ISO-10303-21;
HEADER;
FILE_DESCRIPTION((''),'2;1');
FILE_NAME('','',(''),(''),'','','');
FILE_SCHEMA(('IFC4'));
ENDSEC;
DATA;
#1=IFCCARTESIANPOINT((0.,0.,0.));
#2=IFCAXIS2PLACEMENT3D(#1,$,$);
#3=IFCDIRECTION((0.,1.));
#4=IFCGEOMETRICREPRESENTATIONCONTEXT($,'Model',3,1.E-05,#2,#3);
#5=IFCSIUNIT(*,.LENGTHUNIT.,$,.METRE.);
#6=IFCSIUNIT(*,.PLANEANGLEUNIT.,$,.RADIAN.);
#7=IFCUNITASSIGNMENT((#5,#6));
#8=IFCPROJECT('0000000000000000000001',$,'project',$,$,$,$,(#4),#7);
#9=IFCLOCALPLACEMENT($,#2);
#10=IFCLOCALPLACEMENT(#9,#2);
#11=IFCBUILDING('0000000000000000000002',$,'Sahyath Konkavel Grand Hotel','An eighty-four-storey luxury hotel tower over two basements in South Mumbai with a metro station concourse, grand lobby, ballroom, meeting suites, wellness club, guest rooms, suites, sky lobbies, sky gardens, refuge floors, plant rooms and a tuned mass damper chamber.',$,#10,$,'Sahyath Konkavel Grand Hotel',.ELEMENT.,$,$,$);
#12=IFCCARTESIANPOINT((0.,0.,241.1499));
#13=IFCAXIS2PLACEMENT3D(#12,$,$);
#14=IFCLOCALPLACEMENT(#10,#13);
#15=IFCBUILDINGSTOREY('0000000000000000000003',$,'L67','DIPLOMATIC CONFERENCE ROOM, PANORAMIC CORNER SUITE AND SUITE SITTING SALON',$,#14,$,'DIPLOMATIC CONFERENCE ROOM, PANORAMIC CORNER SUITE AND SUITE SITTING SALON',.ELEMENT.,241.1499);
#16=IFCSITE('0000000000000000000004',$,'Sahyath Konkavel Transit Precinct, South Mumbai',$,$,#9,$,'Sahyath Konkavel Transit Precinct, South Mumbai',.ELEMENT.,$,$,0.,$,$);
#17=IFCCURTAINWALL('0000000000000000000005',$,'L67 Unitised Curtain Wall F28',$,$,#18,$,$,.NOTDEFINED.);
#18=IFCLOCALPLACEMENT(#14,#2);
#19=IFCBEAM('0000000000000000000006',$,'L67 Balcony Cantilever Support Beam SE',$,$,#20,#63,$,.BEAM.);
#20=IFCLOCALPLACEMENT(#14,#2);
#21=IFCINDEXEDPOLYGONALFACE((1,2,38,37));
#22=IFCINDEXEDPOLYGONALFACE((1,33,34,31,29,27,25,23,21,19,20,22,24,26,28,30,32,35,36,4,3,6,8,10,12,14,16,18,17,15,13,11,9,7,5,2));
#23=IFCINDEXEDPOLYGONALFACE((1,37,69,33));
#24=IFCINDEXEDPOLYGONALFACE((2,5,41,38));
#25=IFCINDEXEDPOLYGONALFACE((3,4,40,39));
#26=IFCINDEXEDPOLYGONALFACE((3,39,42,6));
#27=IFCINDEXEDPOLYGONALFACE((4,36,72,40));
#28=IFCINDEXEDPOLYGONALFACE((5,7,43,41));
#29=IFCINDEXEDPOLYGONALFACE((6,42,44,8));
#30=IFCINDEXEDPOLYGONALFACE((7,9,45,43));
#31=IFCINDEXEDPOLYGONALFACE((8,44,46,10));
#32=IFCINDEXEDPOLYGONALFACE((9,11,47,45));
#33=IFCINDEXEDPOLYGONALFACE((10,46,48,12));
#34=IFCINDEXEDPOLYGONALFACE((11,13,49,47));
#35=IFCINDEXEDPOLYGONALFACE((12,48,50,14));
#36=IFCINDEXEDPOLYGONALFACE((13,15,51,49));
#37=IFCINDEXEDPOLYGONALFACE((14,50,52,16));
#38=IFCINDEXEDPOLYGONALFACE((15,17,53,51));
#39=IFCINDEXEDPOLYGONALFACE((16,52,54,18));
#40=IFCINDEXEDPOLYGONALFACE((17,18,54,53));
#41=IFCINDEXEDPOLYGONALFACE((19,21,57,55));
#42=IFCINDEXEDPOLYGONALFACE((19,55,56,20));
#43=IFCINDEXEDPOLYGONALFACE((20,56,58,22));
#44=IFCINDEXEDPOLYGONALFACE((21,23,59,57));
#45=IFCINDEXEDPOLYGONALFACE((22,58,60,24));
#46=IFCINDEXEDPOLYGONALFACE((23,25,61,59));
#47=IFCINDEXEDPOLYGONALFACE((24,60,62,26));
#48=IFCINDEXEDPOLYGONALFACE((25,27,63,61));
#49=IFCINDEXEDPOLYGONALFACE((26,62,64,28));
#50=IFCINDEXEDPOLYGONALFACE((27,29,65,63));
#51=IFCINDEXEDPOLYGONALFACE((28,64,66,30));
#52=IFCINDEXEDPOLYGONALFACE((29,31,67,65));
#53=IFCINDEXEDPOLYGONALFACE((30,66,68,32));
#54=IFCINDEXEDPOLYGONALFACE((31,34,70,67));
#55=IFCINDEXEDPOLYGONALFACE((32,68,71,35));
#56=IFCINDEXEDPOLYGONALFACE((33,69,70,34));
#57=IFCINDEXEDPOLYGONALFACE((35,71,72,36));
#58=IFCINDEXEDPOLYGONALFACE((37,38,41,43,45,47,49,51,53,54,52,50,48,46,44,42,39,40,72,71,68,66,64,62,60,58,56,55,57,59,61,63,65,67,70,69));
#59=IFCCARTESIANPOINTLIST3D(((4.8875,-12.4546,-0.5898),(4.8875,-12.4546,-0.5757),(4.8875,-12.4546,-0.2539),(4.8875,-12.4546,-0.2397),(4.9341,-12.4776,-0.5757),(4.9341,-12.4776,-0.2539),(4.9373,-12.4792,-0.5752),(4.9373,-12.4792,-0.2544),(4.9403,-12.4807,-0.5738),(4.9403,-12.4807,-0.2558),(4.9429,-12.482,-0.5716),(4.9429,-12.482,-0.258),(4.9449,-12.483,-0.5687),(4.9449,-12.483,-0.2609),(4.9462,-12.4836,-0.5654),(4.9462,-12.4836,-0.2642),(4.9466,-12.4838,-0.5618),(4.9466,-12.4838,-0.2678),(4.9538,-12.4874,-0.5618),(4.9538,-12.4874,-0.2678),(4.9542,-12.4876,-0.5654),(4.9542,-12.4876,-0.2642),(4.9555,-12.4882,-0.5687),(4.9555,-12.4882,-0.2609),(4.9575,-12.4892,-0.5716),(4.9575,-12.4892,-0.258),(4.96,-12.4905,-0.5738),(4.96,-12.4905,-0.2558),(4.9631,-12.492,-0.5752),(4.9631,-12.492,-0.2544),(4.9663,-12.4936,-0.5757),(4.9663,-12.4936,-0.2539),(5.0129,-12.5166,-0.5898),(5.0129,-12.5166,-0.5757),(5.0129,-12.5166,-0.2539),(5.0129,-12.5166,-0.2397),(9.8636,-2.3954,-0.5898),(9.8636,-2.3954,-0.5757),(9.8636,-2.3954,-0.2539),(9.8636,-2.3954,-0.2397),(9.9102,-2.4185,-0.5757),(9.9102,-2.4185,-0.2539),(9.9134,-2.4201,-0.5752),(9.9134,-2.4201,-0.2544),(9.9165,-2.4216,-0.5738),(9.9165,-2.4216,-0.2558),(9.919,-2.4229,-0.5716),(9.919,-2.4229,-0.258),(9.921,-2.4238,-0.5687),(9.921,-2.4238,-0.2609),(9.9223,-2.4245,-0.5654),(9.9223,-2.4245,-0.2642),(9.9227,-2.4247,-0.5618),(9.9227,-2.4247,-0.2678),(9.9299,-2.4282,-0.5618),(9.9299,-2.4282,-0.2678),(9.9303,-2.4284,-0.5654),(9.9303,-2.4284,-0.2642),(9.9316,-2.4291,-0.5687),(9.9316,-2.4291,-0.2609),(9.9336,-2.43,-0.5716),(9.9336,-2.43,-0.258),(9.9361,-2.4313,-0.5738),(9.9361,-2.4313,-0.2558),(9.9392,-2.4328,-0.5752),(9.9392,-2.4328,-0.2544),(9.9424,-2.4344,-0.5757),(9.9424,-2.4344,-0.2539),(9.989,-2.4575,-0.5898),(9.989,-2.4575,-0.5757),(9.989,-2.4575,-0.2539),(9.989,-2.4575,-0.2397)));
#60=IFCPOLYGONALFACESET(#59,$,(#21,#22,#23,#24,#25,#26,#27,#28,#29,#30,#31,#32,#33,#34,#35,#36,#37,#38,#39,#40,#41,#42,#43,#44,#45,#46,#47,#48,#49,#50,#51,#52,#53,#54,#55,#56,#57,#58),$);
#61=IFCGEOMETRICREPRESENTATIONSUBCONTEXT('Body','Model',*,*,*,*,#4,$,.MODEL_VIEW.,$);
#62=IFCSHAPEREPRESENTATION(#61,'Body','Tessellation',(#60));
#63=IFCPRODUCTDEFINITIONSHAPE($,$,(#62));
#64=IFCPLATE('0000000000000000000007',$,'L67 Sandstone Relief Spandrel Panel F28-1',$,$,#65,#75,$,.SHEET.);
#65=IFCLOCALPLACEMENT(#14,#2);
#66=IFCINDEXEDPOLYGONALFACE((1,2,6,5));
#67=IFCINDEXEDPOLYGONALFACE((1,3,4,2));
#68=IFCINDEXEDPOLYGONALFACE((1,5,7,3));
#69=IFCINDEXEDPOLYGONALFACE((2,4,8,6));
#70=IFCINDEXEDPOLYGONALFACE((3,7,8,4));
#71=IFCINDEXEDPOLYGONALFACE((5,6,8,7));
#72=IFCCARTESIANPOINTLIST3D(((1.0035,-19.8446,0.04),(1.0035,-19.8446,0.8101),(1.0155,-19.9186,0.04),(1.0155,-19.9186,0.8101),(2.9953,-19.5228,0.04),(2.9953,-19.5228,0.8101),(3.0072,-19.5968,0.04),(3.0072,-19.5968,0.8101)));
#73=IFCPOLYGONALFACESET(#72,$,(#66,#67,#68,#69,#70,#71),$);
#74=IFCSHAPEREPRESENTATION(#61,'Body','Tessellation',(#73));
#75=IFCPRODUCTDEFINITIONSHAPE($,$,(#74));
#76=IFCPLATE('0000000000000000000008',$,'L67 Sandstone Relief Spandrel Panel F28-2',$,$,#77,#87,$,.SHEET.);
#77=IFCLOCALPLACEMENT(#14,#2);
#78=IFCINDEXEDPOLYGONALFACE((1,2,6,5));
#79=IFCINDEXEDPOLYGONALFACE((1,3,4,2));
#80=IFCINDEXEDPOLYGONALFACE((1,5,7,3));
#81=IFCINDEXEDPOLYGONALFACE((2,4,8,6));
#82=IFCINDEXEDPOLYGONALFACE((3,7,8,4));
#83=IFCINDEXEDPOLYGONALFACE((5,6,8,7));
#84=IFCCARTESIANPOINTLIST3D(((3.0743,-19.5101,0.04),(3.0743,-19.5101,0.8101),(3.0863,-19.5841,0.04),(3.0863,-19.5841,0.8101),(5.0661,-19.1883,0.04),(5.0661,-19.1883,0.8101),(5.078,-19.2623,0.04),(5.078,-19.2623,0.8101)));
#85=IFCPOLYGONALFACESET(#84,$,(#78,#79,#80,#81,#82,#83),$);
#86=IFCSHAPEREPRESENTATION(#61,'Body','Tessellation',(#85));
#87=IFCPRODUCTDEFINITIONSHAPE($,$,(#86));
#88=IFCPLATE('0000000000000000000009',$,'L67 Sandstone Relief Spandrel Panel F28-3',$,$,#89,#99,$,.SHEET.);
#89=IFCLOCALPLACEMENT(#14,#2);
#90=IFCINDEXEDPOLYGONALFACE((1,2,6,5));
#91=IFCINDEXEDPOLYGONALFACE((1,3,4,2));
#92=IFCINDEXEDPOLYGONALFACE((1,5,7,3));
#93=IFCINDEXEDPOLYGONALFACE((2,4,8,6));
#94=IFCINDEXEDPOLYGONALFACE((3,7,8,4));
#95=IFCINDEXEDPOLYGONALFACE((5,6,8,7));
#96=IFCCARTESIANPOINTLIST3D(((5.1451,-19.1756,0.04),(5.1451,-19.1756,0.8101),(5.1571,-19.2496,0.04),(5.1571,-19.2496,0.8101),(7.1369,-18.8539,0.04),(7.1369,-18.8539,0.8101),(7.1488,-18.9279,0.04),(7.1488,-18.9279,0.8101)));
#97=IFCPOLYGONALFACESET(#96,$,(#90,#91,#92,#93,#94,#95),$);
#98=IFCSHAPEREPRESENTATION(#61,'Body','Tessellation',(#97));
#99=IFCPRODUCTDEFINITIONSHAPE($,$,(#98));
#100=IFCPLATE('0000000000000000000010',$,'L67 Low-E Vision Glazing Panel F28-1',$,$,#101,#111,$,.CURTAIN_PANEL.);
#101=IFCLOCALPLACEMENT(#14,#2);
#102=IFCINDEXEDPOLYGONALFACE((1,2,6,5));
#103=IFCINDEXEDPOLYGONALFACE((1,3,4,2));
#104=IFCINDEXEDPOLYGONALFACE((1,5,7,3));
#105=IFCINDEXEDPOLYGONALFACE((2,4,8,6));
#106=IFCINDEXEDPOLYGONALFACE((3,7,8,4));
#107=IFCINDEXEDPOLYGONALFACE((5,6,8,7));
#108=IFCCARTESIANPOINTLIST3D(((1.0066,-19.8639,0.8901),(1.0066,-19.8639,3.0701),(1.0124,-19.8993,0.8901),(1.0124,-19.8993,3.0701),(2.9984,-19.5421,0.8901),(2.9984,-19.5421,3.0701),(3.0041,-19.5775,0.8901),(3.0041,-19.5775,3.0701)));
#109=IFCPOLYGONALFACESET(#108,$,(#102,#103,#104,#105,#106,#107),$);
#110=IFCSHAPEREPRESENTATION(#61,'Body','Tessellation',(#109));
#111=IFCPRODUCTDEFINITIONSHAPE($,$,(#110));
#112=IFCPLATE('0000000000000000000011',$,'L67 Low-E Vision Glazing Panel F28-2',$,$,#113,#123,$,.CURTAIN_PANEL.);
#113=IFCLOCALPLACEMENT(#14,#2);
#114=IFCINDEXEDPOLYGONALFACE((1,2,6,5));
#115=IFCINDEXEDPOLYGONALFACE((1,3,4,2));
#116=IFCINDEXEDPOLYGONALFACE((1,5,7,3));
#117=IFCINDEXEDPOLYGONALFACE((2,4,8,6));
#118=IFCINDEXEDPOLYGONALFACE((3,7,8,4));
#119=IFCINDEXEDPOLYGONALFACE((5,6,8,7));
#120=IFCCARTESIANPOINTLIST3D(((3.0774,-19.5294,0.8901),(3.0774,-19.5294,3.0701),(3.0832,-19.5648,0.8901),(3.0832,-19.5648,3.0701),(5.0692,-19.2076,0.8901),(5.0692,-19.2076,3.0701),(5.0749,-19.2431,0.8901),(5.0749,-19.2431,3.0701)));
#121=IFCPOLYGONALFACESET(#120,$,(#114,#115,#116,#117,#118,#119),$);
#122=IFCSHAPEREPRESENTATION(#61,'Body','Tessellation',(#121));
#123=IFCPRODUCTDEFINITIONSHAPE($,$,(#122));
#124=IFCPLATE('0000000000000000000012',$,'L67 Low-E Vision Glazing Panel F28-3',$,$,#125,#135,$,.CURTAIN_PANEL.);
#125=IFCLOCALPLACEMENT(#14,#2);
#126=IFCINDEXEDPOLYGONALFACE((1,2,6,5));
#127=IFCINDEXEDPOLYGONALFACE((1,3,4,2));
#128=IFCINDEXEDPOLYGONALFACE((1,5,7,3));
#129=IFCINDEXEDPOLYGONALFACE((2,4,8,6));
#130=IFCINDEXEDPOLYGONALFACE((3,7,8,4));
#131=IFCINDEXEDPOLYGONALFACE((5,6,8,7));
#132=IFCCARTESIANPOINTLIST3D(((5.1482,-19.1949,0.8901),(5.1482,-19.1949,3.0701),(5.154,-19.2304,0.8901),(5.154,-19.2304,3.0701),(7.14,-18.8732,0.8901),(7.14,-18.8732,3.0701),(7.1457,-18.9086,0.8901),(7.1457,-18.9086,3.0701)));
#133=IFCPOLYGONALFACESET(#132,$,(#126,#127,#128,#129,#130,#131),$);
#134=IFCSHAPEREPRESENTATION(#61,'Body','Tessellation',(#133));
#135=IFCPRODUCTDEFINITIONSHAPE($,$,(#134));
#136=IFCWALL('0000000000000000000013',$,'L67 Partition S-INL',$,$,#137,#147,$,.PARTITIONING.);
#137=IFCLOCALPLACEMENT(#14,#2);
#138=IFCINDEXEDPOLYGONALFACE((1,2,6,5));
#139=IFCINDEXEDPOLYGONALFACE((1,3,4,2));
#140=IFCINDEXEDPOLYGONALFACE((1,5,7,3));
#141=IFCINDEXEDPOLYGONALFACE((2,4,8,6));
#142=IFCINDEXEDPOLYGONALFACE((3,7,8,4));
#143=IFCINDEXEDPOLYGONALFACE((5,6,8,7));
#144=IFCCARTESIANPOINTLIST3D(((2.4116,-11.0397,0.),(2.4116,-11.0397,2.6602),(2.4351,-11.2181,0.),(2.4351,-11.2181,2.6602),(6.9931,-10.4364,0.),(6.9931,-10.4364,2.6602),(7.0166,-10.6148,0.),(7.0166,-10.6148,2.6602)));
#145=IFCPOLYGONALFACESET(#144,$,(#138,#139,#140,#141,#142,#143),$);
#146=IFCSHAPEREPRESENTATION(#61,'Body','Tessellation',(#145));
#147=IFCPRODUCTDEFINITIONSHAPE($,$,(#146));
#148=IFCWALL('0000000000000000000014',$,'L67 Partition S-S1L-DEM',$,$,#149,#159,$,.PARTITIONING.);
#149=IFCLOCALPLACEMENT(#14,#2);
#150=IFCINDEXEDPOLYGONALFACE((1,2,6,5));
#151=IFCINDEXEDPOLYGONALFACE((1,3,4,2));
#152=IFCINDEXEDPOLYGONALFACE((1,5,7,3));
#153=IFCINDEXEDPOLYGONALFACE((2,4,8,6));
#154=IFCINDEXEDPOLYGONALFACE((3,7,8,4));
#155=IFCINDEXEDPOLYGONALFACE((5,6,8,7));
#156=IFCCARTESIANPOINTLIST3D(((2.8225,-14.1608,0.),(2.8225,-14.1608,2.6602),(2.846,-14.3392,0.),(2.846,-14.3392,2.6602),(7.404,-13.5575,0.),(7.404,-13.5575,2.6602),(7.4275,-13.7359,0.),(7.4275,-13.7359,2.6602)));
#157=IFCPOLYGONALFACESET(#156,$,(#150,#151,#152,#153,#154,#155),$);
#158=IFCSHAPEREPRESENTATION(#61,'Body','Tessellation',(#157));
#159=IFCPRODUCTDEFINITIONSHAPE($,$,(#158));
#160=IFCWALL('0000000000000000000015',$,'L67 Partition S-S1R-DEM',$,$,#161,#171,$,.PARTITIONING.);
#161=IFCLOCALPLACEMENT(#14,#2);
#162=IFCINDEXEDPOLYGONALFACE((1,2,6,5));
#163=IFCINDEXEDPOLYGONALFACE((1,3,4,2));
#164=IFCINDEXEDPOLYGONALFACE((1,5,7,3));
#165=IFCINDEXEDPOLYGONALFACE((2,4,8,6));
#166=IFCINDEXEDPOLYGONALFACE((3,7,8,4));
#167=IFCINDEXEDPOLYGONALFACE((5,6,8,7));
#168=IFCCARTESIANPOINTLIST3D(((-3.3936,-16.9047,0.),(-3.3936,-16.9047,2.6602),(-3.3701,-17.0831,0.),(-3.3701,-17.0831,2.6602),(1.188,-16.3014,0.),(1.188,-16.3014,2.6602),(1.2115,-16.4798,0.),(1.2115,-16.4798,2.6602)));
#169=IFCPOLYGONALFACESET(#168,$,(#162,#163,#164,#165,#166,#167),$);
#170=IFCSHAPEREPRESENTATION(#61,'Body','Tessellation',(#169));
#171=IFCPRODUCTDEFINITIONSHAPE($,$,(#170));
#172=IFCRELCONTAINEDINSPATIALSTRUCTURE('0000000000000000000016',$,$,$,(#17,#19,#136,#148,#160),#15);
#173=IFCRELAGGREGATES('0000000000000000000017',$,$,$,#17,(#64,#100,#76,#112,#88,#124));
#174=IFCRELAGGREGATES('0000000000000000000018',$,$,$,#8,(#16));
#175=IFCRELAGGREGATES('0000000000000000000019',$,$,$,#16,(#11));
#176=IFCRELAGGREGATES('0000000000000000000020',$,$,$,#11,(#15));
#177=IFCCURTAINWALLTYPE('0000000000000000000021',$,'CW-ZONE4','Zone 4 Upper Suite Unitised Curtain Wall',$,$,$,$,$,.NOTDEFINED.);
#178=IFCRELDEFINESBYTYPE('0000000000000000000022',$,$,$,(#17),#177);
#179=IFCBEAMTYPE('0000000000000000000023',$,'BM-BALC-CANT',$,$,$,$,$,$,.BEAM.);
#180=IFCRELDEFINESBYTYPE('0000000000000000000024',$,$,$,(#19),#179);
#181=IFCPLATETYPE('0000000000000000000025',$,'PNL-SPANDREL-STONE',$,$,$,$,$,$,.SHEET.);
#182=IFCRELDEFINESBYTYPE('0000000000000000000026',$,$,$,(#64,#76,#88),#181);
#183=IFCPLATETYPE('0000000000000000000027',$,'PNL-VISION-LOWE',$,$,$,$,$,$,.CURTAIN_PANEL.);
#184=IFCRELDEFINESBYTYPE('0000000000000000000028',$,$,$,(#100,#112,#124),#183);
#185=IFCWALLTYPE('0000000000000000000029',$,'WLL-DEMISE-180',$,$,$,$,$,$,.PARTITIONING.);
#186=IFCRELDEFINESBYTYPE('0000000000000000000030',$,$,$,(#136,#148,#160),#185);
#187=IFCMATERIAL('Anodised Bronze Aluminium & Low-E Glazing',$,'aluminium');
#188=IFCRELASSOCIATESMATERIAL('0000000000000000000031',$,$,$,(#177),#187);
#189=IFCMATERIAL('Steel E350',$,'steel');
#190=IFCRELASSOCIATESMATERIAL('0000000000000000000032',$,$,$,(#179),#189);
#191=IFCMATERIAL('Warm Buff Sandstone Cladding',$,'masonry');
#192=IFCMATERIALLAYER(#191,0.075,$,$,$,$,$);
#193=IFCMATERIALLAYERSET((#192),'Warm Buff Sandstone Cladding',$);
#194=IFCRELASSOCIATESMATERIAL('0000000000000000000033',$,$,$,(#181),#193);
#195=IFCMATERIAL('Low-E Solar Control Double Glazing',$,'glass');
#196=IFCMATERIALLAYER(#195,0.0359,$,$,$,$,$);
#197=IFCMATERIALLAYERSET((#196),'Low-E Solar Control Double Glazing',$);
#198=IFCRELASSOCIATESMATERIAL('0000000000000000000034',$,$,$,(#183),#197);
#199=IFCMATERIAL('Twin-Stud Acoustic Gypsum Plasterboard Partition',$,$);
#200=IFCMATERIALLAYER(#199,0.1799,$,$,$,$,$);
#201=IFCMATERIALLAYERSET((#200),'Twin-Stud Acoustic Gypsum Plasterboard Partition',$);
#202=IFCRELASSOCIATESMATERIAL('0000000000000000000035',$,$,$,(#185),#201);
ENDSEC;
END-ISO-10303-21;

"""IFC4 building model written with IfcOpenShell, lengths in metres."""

from ifc_helpers import new_model, si_unit, direction, frame, frame_2d, origin, origin_2d, place, context, subcontext, project, spatial, rectangle, i_section, extrude, source, transform, mapped, material, layer, layer_set, material_profile, profile_set, type_object, element, aggregate, save


model = new_model("IFC4")

# Units and contexts
model_context = context("Model", 3, precision=1e-05, world=origin(), true_north=direction((0.0, 1.0)))
body_context = subcontext(model_context, "Body", "Model", "MODEL_VIEW")
ifc_project = project(units=[si_unit("LENGTHUNIT", "METRE"), si_unit("PLANEANGLEUNIT", "RADIAN")], contexts=[model_context])

# Site, building, storey
site_placement = place(None, origin())
site = spatial("IfcSite", under=ifc_project, at=site_placement, Name="Sahyath Konkavel Transit Precinct, South Mumbai", LongName="Sahyath Konkavel Transit Precinct, South Mumbai", CompositionType="ELEMENT", RefElevation=0.0)
building_placement = place(site_placement, origin())
building = spatial("IfcBuilding", under=site, at=building_placement, Name="Sahyath Konkavel Grand Hotel", Description="An eighty-four-storey luxury hotel tower over two basements in South Mumbai with a metro station concourse, grand lobby, ballroom, meeting suites, wellness club, guest rooms, suites, sky lobbies, sky gardens, refuge floors, plant rooms and a tuned mass damper chamber.", LongName="Sahyath Konkavel Grand Hotel", CompositionType="ELEMENT")
storey_placement = place(building_placement, frame((0.0, 0.0, 241.1499)))
storey = spatial("IfcBuildingStorey", under=building, at=storey_placement, Name="L67", Description="DIPLOMATIC CONFERENCE ROOM, PANORAMIC CORNER SUITE AND SUITE SITTING SALON", LongName="DIPLOMATIC CONFERENCE ROOM, PANORAMIC CORNER SUITE AND SUITE SITTING SALON", CompositionType="ELEMENT", Elevation=241.1499)

# Curtain wall
ifc_material_1 = material(Name="Anodised Bronze Aluminium & Low-E Glazing", Category="aluminium")
curtain_wall_type = type_object("IfcCurtainWallType", Name="CW-ZONE4", Description="Zone 4 Upper Suite Unitised Curtain Wall", PredefinedType="NOTDEFINED", material=ifc_material_1)
curtain_wall_placement = place(storey_placement, origin())
curtain_wall = element("IfcCurtainWall", 1, at=curtain_wall_placement, inside=storey, type_object=curtain_wall_type, Name="L67 Unitised Curtain Wall F28", PredefinedType="NOTDEFINED")

# Beam
ifc_material_2 = material(Name="Steel E350", Category="steel")
ifc_material_profile_1 = material_profile(ifc_material_2, i_section(OverallWidth=0.1399, OverallDepth=0.3501, WebThickness=0.0081, FlangeThickness=0.0142, FilletRadius=0.0139, at=origin_2d()), Name="ISMB 350")
ifc_profile_set_1 = profile_set([ifc_material_profile_1], Name="Steel E350")
beam_type = type_object("IfcBeamType", Name="BM-BALC-CANT", PredefinedType="BEAM", material=ifc_profile_set_1)
shared_shape_1 = source(origin(), body_context, "Body", "SweptSolid", [
    extrude(i_section(OverallWidth=0.1399, OverallDepth=0.3501, WebThickness=0.0081, FlangeThickness=0.0142, FilletRadius=0.0139, at=origin_2d()), origin(), (0.0, 0.0, 1.0), 11.2227),
])
beam_placement = place(storey_placement, frame((4.9502, -12.4856, -0.4148), z_axis=(0.443398, 0.896325, 0.0), x_axis=(-0.896325, 0.443398, 0.0)))
element("IfcBeam", 2, at=beam_placement, inside=storey, type_object=beam_type, Name="L67 Balcony Cantilever Support Beam SE", PredefinedType="BEAM", context=body_context, shape_type="MappedRepresentation", body=[
    mapped(shared_shape_1, transform((0.0, 0.0, 0.0), scale=1.0)),
])

# Plates
ifc_material_3 = material(Name="Warm Buff Sandstone Cladding", Category="masonry")
ifc_layer_1 = layer(ifc_material_3, 0.075)
ifc_layer_set_1 = layer_set([ifc_layer_1], Name="Warm Buff Sandstone Cladding")
plate_type_1 = type_object("IfcPlateType", Name="PNL-SPANDREL-STONE", PredefinedType="SHEET", material=ifc_layer_set_1)
shared_shape_2 = source(origin(), body_context, "Body", "SweptSolid", [
    extrude(rectangle(XDim=2.0176, YDim=0.075, at=origin_2d()), origin(), (0.0, 0.0, 1.0), 0.77),
])
plate_1_placement = place(storey_placement, frame((2.0054, -19.7207, 0.04), z_axis=(0.0, 0.0, 1.0), x_axis=(0.9872, 0.159485, 0.0)))
plate_1 = element("IfcPlate", 3, at=plate_1_placement, type_object=plate_type_1, Name="L67 Sandstone Relief Spandrel Panel F28-1", PredefinedType="SHEET", context=body_context, shape_type="MappedRepresentation", body=[
    mapped(shared_shape_2, transform((0.0, 0.0, 0.0), scale=1.0)),
])
plate_2_placement = place(storey_placement, frame((4.0762, -19.3862, 0.04), z_axis=(0.0, 0.0, 1.0), x_axis=(0.9872, 0.159485, 0.0)))
plate_2 = element("IfcPlate", 4, at=plate_2_placement, type_object=plate_type_1, Name="L67 Sandstone Relief Spandrel Panel F28-2", PredefinedType="SHEET", context=body_context, shape_type="MappedRepresentation", body=[
    mapped(shared_shape_2, transform((0.0, 0.0, 0.0), scale=1.0)),
])
plate_3_placement = place(storey_placement, frame((6.147, -19.0518, 0.04), z_axis=(0.0, 0.0, 1.0), x_axis=(0.9872, 0.159485, 0.0)))
plate_3 = element("IfcPlate", 5, at=plate_3_placement, type_object=plate_type_1, Name="L67 Sandstone Relief Spandrel Panel F28-3", PredefinedType="SHEET", context=body_context, shape_type="MappedRepresentation", body=[
    mapped(shared_shape_2, transform((0.0, 0.0, 0.0), scale=1.0)),
])
ifc_material_4 = material(Name="Low-E Solar Control Double Glazing", Category="glass")
ifc_layer_2 = layer(ifc_material_4, 0.0359)
ifc_layer_set_2 = layer_set([ifc_layer_2], Name="Low-E Solar Control Double Glazing")
plate_type_2 = type_object("IfcPlateType", Name="PNL-VISION-LOWE", PredefinedType="CURTAIN_PANEL", material=ifc_layer_set_2)
shared_shape_3 = source(origin(), body_context, "Body", "SweptSolid", [
    extrude(rectangle(XDim=2.0176, YDim=0.0359, at=origin_2d()), origin(), (0.0, 0.0, 1.0), 2.1799),
])
plate_4_placement = place(storey_placement, frame((2.0054, -19.7207, 0.8901), z_axis=(0.0, 0.0, 1.0), x_axis=(0.9872, 0.159485, 0.0)))
plate_4 = element("IfcPlate", 6, at=plate_4_placement, type_object=plate_type_2, Name="L67 Low-E Vision Glazing Panel F28-1", PredefinedType="CURTAIN_PANEL", context=body_context, shape_type="MappedRepresentation", body=[
    mapped(shared_shape_3, transform((0.0, 0.0, 0.0), scale=1.0)),
])
plate_5_placement = place(storey_placement, frame((4.0762, -19.3862, 0.8901), z_axis=(0.0, 0.0, 1.0), x_axis=(0.9872, 0.159485, 0.0)))
plate_5 = element("IfcPlate", 7, at=plate_5_placement, type_object=plate_type_2, Name="L67 Low-E Vision Glazing Panel F28-2", PredefinedType="CURTAIN_PANEL", context=body_context, shape_type="MappedRepresentation", body=[
    mapped(shared_shape_3, transform((0.0, 0.0, 0.0), scale=1.0)),
])
plate_6_placement = place(storey_placement, frame((6.147, -19.0518, 0.8901), z_axis=(0.0, 0.0, 1.0), x_axis=(0.9872, 0.159485, 0.0)))
plate_6 = element("IfcPlate", 8, at=plate_6_placement, type_object=plate_type_2, Name="L67 Low-E Vision Glazing Panel F28-3", PredefinedType="CURTAIN_PANEL", context=body_context, shape_type="MappedRepresentation", body=[
    mapped(shared_shape_3, transform((0.0, 0.0, 0.0), scale=1.0)),
])
aggregate(curtain_wall, [plate_1, plate_4, plate_2, plate_5, plate_3, plate_6])

# Walls
ifc_material_5 = material(Name="Twin-Stud Acoustic Gypsum Plasterboard Partition")
ifc_layer_3 = layer(ifc_material_5, 0.1799)
ifc_layer_set_3 = layer_set([ifc_layer_3], Name="Twin-Stud Acoustic Gypsum Plasterboard Partition")
wall_type_1 = type_object("IfcWallType", Name="WLL-DEMISE-180", PredefinedType="PARTITIONING", material=ifc_layer_set_3)
for number, where, z_axis, x_axis, name in (
    (9, (2.4233, -11.1289, 0.0), (0.0, 0.0, 1.0), (0.991442, 0.130547, 0.0), "L67 Partition S-INL"),
    (10, (2.8342, -14.25, 0.0), (0.0, 0.0, 1.0), (0.991442, 0.130547, 0.0), "L67 Partition S-S1L-DEM"),
    (11, (1.1997, -16.3906, 0.0), (0.0, 0.0, 1.0), (-0.991442, -0.130547, 0.0), "L67 Partition S-S1R-DEM"),
):
    element("IfcWall", number, at=place(storey_placement, frame(where, z_axis=z_axis, x_axis=x_axis)), inside=storey, type_object=wall_type_1, Name=name, PredefinedType="PARTITIONING", context=body_context, shape_type="SweptSolid", body=[
        extrude(rectangle(XDim=4.6211, YDim=0.1799, at=frame_2d((2.3105, 0.0))), origin(), (0.0, 0.0, 1.0), 2.6602),
    ])

save(model, "model.ifc")
